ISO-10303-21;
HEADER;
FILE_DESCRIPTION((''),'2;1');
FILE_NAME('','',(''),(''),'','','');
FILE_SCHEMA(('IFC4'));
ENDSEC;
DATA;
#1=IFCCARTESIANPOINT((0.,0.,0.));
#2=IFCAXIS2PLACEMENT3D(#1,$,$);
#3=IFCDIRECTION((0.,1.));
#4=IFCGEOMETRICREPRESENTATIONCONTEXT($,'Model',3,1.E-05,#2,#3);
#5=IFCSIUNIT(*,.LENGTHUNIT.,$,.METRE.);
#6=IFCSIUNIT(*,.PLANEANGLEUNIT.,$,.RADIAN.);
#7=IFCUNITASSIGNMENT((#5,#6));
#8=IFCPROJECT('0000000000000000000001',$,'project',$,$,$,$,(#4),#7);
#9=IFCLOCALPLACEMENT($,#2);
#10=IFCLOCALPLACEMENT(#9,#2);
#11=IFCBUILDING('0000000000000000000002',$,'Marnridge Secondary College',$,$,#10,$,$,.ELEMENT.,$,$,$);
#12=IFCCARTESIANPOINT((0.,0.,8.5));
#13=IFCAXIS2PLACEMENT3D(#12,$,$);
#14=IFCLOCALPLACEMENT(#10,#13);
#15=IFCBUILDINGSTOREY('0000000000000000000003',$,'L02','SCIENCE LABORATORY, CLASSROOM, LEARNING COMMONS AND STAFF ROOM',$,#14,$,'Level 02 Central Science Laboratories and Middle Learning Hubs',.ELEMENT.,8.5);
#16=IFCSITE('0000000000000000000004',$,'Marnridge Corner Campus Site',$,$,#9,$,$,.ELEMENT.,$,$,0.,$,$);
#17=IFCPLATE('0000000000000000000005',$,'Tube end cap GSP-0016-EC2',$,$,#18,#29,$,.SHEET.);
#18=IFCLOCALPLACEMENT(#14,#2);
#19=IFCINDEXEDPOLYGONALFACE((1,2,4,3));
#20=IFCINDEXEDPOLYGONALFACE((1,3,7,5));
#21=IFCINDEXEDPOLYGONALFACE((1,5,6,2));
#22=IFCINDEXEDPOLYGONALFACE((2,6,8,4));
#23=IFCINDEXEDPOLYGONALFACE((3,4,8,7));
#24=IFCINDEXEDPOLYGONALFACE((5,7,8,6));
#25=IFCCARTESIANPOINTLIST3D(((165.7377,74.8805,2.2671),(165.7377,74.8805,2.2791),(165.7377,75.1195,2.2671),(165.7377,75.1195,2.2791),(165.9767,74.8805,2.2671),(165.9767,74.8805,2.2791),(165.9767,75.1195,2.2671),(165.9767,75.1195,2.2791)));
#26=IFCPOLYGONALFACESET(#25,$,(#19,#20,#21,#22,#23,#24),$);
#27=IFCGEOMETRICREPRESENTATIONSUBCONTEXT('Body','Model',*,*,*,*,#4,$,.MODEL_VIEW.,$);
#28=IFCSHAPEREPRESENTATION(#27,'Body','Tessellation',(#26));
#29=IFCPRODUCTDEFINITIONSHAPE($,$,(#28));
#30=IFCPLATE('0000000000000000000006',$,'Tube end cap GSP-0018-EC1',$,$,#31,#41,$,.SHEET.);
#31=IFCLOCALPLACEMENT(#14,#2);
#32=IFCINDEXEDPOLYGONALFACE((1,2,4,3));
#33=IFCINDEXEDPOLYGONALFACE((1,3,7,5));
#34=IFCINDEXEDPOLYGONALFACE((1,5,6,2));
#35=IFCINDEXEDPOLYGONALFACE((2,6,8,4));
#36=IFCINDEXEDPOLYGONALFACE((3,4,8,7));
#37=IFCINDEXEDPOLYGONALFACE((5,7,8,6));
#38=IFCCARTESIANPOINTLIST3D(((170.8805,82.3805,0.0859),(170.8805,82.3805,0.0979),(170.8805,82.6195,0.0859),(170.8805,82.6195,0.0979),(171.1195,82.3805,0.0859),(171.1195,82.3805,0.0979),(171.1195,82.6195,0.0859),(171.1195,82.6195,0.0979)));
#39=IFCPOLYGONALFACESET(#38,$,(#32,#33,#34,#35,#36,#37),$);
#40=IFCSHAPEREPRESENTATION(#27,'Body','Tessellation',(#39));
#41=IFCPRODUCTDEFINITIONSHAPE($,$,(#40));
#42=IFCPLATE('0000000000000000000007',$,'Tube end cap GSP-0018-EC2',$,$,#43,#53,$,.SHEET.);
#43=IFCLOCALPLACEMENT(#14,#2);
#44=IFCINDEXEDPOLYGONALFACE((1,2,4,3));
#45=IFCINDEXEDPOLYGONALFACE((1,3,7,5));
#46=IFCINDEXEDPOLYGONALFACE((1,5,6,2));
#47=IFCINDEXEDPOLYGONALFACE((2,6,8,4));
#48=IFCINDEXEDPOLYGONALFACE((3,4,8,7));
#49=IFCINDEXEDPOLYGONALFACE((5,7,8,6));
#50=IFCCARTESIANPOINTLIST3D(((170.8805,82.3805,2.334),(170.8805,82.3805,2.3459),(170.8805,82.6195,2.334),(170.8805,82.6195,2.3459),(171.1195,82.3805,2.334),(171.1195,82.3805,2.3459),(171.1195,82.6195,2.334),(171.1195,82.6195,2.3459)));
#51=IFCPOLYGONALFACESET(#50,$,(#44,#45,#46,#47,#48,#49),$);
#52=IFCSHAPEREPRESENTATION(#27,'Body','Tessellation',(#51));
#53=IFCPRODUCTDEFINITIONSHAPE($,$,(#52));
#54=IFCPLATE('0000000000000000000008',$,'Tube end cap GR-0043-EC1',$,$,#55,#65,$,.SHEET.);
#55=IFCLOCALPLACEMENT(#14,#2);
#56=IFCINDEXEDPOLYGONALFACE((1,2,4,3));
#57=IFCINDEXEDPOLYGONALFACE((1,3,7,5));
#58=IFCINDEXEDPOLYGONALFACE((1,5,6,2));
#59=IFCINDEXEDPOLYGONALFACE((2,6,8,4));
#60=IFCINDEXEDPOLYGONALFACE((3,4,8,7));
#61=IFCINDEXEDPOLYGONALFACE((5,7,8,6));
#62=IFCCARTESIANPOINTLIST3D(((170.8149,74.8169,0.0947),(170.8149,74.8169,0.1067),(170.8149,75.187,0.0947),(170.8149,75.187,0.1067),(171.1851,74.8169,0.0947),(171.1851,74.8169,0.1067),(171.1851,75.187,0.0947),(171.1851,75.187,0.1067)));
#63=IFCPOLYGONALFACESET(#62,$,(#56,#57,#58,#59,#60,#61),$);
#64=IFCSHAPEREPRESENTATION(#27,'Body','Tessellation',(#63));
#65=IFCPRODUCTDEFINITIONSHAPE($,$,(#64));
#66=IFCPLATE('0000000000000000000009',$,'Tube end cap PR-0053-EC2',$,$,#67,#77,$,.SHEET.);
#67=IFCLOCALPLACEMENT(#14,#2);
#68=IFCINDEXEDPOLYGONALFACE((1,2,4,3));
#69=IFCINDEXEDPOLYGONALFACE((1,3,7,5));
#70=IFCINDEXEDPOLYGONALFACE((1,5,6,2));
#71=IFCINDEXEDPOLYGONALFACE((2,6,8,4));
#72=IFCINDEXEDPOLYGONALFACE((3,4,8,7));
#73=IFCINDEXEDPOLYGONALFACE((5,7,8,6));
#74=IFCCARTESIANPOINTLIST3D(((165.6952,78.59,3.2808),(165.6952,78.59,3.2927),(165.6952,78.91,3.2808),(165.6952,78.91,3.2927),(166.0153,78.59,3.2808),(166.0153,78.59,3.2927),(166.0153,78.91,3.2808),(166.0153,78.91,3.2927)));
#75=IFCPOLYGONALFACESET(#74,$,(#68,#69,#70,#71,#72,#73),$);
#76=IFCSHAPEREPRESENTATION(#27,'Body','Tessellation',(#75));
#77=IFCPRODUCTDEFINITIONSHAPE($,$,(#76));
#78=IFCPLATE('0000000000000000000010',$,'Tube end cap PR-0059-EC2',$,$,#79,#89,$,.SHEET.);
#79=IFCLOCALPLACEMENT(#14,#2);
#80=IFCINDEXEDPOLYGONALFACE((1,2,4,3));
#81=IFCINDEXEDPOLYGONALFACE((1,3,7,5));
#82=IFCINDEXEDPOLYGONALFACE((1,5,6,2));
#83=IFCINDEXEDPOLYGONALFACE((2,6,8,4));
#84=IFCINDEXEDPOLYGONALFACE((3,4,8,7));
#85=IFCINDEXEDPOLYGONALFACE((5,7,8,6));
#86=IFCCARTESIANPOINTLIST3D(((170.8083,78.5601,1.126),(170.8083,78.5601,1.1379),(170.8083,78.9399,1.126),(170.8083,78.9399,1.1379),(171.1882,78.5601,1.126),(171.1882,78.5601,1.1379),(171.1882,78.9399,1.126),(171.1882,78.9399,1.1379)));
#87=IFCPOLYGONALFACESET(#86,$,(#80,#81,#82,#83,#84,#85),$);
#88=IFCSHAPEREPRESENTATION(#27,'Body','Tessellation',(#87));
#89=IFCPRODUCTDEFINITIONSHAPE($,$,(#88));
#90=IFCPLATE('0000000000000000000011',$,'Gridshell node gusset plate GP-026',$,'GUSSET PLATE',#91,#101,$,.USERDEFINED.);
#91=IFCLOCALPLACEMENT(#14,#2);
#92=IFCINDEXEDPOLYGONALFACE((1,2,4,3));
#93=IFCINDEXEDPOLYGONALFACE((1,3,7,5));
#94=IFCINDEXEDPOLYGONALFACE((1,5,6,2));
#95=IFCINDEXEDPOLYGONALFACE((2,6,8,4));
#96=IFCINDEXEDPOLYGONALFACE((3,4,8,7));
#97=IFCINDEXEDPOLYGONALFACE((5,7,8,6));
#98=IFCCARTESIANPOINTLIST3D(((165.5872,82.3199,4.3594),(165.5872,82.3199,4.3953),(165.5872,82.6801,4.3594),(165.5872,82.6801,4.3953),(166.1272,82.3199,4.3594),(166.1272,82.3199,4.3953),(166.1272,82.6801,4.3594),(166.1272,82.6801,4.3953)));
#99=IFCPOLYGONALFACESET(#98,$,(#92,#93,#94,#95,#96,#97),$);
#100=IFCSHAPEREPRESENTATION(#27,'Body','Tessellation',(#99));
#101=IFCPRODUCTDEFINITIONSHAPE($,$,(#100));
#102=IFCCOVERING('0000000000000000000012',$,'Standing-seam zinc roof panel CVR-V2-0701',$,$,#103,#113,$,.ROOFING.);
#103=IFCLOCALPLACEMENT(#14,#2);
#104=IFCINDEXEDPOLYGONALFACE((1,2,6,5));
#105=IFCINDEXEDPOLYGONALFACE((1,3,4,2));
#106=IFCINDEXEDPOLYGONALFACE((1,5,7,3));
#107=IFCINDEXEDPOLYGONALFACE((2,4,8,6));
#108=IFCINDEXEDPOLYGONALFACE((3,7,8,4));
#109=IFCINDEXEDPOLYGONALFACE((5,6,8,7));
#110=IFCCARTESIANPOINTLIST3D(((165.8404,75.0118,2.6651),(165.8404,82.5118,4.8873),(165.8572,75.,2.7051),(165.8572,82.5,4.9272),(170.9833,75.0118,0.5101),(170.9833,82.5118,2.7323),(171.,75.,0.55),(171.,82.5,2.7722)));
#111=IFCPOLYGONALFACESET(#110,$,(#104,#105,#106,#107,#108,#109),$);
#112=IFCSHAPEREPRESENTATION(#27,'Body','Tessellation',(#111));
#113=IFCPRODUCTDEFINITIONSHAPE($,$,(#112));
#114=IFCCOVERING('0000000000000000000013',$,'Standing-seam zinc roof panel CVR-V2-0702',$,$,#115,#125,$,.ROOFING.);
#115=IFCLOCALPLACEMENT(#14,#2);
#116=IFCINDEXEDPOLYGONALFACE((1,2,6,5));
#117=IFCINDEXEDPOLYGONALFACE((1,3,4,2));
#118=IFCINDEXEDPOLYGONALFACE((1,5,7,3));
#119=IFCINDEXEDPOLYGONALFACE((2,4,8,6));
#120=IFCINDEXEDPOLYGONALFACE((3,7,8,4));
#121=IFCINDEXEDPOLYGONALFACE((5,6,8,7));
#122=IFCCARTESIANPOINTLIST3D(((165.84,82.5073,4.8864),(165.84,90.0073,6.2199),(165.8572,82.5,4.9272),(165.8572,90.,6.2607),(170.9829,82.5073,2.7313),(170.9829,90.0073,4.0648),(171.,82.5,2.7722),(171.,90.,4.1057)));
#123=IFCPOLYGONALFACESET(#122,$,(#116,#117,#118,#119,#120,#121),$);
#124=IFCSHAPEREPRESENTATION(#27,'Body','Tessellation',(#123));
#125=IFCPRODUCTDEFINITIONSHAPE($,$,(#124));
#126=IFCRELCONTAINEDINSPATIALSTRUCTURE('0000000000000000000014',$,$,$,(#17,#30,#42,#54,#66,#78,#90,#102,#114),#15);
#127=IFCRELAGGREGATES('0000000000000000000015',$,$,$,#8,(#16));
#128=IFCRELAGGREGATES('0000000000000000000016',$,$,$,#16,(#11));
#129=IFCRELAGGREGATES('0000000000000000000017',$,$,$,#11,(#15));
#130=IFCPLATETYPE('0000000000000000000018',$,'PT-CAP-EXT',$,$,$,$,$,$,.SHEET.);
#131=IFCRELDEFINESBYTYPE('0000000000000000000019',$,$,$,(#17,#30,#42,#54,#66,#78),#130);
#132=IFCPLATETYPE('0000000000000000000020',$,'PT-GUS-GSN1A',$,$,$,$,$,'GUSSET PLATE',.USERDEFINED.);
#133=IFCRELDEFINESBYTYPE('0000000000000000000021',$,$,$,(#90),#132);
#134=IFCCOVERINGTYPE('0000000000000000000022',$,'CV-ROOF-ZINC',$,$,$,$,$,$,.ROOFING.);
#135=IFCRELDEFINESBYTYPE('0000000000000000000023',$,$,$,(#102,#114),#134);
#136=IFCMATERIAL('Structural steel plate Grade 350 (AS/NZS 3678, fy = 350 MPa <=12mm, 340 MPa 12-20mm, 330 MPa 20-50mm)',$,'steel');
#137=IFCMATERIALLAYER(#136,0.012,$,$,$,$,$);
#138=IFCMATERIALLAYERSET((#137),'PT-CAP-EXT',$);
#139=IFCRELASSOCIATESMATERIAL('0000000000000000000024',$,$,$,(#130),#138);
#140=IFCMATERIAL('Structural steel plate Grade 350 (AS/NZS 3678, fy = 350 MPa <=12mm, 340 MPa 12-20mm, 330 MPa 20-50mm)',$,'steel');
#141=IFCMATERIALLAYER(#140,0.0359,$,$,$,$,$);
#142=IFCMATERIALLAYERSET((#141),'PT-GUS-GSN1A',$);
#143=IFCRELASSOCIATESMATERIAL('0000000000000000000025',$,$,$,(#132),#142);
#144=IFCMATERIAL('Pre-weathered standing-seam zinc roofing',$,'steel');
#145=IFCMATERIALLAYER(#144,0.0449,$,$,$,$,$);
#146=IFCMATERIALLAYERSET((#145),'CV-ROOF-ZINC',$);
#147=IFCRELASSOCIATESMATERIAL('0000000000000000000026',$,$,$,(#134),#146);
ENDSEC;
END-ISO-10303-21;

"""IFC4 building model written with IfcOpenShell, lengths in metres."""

from ifc_helpers import new_model, si_unit, direction, frame, origin, origin_2d, place, context, subcontext, project, spatial, polyline, rectangle, outline, extrude, material, layer, layer_set, type_object, element, save


model = new_model("IFC4")

# Units and contexts
model_context = context("Model", 3, precision=1e-05, world=origin(), true_north=direction((0.0, 1.0)))
body_context = subcontext(model_context, "Body", "Model", "MODEL_VIEW")
ifc_project = project(units=[si_unit("LENGTHUNIT", "METRE"), si_unit("PLANEANGLEUNIT", "RADIAN")], contexts=[model_context])

# Site, building, storey
site_placement = place(None, origin())
site = spatial("IfcSite", under=ifc_project, at=site_placement, Name="Marnridge Corner Campus Site", CompositionType="ELEMENT", RefElevation=0.0)
building_placement = place(site_placement, origin())
building = spatial("IfcBuilding", under=site, at=building_placement, Name="Marnridge Secondary College", CompositionType="ELEMENT")
storey_placement = place(building_placement, frame((0.0, 0.0, 8.5)))
storey = spatial("IfcBuildingStorey", under=building, at=storey_placement, Name="L02", Description="SCIENCE LABORATORY, CLASSROOM, LEARNING COMMONS AND STAFF ROOM", LongName="Level 02 Central Science Laboratories and Middle Learning Hubs", CompositionType="ELEMENT", Elevation=8.5)

# Plates
ifc_material_1 = material(Name="Structural steel plate Grade 350 (AS/NZS 3678, fy = 350 MPa <=12mm, 340 MPa 12-20mm, 330 MPa 20-50mm)", Category="steel")
ifc_layer_1 = layer(ifc_material_1, 0.012)
ifc_layer_set_1 = layer_set([ifc_layer_1], Name="PT-CAP-EXT")
plate_type_1 = type_object("IfcPlateType", Name="PT-CAP-EXT", PredefinedType="SHEET", material=ifc_layer_set_1)
for number, where, z_axis, x_axis, name in (
    (1, (165.8572, 75.0, 2.2671), (0.0, 0.0, 1.0), (1.0, 0.0, 0.0), "Tube end cap GSP-0016-EC2"),
    (2, (171.0, 82.5, 0.0859), (0.0, 0.0, 1.0), (1.0, 0.0, 0.0), "Tube end cap GSP-0018-EC1"),
    (3, (171.0, 82.5, 2.334), (0.0, 0.0, 1.0), (1.0, 0.0, 0.0), "Tube end cap GSP-0018-EC2"),
):
    element("IfcPlate", number, at=place(storey_placement, frame(where, z_axis=z_axis, x_axis=x_axis)), inside=storey, type_object=plate_type_1, Name=name, PredefinedType="SHEET", context=body_context, shape_type="SweptSolid", body=[
        extrude(rectangle(XDim=0.239, YDim=0.239, at=origin_2d()), origin(), (0.0, 0.0, 1.0), 0.012),
    ])
plate_1_placement = place(storey_placement, frame((171.0, 75.002, 0.0947), z_axis=(0.0, 0.0, 1.0), x_axis=(0.0, 1.0, 0.0)))
element("IfcPlate", 4, at=plate_1_placement, inside=storey, type_object=plate_type_1, Name="Tube end cap GR-0043-EC1", PredefinedType="SHEET", context=body_context, shape_type="SweptSolid", body=[
    extrude(rectangle(XDim=0.3701, YDim=0.3701, at=origin_2d()), origin(), (0.0, 0.0, 1.0), 0.012),
])
plate_2_placement = place(storey_placement, frame((165.8552, 78.75, 3.2808), z_axis=(0.0, 0.0, 1.0), x_axis=(1.0, 0.0, 0.0)))
element("IfcPlate", 5, at=plate_2_placement, inside=storey, type_object=plate_type_1, Name="Tube end cap PR-0053-EC2", PredefinedType="SHEET", context=body_context, shape_type="SweptSolid", body=[
    extrude(rectangle(XDim=0.3201, YDim=0.3201, at=origin_2d()), origin(), (0.0, 0.0, 1.0), 0.012),
])
plate_3_placement = place(storey_placement, frame((170.9983, 78.75, 1.126), z_axis=(0.0, 0.0, 1.0), x_axis=(1.0, 0.0, 0.0)))
element("IfcPlate", 6, at=plate_3_placement, inside=storey, type_object=plate_type_1, Name="Tube end cap PR-0059-EC2", PredefinedType="SHEET", context=body_context, shape_type="SweptSolid", body=[
    extrude(rectangle(XDim=0.3799, YDim=0.3799, at=origin_2d()), origin(), (0.0, 0.0, 1.0), 0.012),
])
ifc_material_2 = material(Name="Structural steel plate Grade 350 (AS/NZS 3678, fy = 350 MPa <=12mm, 340 MPa 12-20mm, 330 MPa 20-50mm)", Category="steel")
ifc_layer_2 = layer(ifc_material_2, 0.0359)
ifc_layer_set_2 = layer_set([ifc_layer_2], Name="PT-GUS-GSN1A")
plate_type_2 = type_object("IfcPlateType", Name="PT-GUS-GSN1A", ElementType="GUSSET PLATE", PredefinedType="USERDEFINED", material=ifc_layer_set_2)
plate_4_placement = place(storey_placement, frame((165.8572, 82.5, 4.3594), z_axis=(0.0, 0.0, 1.0), x_axis=(1.0, 0.0, 0.0)))
element("IfcPlate", 7, at=plate_4_placement, inside=storey, type_object=plate_type_2, Name="Gridshell node gusset plate GP-026", ObjectType="GUSSET PLATE", PredefinedType="USERDEFINED", context=body_context, shape_type="SweptSolid", body=[
    extrude(rectangle(XDim=0.54, YDim=0.3601, at=origin_2d()), origin(), (0.0, 0.0, 1.0), 0.0359),
])

# Coverings
ifc_material_3 = material(Name="Pre-weathered standing-seam zinc roofing", Category="steel")
ifc_layer_3 = layer(ifc_material_3, 0.0449)
ifc_layer_set_3 = layer_set([ifc_layer_3], Name="CV-ROOF-ZINC")
covering_type = type_object("IfcCoveringType", Name="CV-ROOF-ZINC", PredefinedType="ROOFING", material=ifc_layer_set_3)
covering_1_placement = place(storey_placement, frame((165.8572, 75.0, 2.7051), z_axis=(0.372808, -0.263602, 0.889679), x_axis=(0.922299, 0.0, -0.386477)))
element("IfcCovering", 8, at=covering_1_placement, inside=storey, type_object=covering_type, Name="Standing-seam zinc roof panel CVR-V2-0701", PredefinedType="ROOFING", context=body_context, shape_type="SweptSolid", body=[
    extrude(outline(polyline([(0.0, 0.0), (5.5761, 0.0), (4.7173, 7.775), (-0.8588, 7.775), (0.0, 0.0)])), origin(), (0.0, 0.0, -1.0), 0.0449),
])
covering_2_placement = place(storey_placement, frame((165.8572, 82.5, 4.9272), z_axis=(0.381383, -0.161823, 0.910143), x_axis=(0.922299, 0.0, -0.386477)))
element("IfcCovering", 9, at=covering_2_placement, inside=storey, type_object=covering_type, Name="Standing-seam zinc roof panel CVR-V2-0702", PredefinedType="ROOFING", context=body_context, shape_type="SweptSolid", body=[
    extrude(outline(polyline([(0.0, 0.0), (5.5761, 0.0), (5.0607, 7.6002), (-0.5154, 7.6002), (0.0, 0.0)])), origin(), (0.0, 0.0, -1.0), 0.0449),
])

save(model, "model.ifc")
